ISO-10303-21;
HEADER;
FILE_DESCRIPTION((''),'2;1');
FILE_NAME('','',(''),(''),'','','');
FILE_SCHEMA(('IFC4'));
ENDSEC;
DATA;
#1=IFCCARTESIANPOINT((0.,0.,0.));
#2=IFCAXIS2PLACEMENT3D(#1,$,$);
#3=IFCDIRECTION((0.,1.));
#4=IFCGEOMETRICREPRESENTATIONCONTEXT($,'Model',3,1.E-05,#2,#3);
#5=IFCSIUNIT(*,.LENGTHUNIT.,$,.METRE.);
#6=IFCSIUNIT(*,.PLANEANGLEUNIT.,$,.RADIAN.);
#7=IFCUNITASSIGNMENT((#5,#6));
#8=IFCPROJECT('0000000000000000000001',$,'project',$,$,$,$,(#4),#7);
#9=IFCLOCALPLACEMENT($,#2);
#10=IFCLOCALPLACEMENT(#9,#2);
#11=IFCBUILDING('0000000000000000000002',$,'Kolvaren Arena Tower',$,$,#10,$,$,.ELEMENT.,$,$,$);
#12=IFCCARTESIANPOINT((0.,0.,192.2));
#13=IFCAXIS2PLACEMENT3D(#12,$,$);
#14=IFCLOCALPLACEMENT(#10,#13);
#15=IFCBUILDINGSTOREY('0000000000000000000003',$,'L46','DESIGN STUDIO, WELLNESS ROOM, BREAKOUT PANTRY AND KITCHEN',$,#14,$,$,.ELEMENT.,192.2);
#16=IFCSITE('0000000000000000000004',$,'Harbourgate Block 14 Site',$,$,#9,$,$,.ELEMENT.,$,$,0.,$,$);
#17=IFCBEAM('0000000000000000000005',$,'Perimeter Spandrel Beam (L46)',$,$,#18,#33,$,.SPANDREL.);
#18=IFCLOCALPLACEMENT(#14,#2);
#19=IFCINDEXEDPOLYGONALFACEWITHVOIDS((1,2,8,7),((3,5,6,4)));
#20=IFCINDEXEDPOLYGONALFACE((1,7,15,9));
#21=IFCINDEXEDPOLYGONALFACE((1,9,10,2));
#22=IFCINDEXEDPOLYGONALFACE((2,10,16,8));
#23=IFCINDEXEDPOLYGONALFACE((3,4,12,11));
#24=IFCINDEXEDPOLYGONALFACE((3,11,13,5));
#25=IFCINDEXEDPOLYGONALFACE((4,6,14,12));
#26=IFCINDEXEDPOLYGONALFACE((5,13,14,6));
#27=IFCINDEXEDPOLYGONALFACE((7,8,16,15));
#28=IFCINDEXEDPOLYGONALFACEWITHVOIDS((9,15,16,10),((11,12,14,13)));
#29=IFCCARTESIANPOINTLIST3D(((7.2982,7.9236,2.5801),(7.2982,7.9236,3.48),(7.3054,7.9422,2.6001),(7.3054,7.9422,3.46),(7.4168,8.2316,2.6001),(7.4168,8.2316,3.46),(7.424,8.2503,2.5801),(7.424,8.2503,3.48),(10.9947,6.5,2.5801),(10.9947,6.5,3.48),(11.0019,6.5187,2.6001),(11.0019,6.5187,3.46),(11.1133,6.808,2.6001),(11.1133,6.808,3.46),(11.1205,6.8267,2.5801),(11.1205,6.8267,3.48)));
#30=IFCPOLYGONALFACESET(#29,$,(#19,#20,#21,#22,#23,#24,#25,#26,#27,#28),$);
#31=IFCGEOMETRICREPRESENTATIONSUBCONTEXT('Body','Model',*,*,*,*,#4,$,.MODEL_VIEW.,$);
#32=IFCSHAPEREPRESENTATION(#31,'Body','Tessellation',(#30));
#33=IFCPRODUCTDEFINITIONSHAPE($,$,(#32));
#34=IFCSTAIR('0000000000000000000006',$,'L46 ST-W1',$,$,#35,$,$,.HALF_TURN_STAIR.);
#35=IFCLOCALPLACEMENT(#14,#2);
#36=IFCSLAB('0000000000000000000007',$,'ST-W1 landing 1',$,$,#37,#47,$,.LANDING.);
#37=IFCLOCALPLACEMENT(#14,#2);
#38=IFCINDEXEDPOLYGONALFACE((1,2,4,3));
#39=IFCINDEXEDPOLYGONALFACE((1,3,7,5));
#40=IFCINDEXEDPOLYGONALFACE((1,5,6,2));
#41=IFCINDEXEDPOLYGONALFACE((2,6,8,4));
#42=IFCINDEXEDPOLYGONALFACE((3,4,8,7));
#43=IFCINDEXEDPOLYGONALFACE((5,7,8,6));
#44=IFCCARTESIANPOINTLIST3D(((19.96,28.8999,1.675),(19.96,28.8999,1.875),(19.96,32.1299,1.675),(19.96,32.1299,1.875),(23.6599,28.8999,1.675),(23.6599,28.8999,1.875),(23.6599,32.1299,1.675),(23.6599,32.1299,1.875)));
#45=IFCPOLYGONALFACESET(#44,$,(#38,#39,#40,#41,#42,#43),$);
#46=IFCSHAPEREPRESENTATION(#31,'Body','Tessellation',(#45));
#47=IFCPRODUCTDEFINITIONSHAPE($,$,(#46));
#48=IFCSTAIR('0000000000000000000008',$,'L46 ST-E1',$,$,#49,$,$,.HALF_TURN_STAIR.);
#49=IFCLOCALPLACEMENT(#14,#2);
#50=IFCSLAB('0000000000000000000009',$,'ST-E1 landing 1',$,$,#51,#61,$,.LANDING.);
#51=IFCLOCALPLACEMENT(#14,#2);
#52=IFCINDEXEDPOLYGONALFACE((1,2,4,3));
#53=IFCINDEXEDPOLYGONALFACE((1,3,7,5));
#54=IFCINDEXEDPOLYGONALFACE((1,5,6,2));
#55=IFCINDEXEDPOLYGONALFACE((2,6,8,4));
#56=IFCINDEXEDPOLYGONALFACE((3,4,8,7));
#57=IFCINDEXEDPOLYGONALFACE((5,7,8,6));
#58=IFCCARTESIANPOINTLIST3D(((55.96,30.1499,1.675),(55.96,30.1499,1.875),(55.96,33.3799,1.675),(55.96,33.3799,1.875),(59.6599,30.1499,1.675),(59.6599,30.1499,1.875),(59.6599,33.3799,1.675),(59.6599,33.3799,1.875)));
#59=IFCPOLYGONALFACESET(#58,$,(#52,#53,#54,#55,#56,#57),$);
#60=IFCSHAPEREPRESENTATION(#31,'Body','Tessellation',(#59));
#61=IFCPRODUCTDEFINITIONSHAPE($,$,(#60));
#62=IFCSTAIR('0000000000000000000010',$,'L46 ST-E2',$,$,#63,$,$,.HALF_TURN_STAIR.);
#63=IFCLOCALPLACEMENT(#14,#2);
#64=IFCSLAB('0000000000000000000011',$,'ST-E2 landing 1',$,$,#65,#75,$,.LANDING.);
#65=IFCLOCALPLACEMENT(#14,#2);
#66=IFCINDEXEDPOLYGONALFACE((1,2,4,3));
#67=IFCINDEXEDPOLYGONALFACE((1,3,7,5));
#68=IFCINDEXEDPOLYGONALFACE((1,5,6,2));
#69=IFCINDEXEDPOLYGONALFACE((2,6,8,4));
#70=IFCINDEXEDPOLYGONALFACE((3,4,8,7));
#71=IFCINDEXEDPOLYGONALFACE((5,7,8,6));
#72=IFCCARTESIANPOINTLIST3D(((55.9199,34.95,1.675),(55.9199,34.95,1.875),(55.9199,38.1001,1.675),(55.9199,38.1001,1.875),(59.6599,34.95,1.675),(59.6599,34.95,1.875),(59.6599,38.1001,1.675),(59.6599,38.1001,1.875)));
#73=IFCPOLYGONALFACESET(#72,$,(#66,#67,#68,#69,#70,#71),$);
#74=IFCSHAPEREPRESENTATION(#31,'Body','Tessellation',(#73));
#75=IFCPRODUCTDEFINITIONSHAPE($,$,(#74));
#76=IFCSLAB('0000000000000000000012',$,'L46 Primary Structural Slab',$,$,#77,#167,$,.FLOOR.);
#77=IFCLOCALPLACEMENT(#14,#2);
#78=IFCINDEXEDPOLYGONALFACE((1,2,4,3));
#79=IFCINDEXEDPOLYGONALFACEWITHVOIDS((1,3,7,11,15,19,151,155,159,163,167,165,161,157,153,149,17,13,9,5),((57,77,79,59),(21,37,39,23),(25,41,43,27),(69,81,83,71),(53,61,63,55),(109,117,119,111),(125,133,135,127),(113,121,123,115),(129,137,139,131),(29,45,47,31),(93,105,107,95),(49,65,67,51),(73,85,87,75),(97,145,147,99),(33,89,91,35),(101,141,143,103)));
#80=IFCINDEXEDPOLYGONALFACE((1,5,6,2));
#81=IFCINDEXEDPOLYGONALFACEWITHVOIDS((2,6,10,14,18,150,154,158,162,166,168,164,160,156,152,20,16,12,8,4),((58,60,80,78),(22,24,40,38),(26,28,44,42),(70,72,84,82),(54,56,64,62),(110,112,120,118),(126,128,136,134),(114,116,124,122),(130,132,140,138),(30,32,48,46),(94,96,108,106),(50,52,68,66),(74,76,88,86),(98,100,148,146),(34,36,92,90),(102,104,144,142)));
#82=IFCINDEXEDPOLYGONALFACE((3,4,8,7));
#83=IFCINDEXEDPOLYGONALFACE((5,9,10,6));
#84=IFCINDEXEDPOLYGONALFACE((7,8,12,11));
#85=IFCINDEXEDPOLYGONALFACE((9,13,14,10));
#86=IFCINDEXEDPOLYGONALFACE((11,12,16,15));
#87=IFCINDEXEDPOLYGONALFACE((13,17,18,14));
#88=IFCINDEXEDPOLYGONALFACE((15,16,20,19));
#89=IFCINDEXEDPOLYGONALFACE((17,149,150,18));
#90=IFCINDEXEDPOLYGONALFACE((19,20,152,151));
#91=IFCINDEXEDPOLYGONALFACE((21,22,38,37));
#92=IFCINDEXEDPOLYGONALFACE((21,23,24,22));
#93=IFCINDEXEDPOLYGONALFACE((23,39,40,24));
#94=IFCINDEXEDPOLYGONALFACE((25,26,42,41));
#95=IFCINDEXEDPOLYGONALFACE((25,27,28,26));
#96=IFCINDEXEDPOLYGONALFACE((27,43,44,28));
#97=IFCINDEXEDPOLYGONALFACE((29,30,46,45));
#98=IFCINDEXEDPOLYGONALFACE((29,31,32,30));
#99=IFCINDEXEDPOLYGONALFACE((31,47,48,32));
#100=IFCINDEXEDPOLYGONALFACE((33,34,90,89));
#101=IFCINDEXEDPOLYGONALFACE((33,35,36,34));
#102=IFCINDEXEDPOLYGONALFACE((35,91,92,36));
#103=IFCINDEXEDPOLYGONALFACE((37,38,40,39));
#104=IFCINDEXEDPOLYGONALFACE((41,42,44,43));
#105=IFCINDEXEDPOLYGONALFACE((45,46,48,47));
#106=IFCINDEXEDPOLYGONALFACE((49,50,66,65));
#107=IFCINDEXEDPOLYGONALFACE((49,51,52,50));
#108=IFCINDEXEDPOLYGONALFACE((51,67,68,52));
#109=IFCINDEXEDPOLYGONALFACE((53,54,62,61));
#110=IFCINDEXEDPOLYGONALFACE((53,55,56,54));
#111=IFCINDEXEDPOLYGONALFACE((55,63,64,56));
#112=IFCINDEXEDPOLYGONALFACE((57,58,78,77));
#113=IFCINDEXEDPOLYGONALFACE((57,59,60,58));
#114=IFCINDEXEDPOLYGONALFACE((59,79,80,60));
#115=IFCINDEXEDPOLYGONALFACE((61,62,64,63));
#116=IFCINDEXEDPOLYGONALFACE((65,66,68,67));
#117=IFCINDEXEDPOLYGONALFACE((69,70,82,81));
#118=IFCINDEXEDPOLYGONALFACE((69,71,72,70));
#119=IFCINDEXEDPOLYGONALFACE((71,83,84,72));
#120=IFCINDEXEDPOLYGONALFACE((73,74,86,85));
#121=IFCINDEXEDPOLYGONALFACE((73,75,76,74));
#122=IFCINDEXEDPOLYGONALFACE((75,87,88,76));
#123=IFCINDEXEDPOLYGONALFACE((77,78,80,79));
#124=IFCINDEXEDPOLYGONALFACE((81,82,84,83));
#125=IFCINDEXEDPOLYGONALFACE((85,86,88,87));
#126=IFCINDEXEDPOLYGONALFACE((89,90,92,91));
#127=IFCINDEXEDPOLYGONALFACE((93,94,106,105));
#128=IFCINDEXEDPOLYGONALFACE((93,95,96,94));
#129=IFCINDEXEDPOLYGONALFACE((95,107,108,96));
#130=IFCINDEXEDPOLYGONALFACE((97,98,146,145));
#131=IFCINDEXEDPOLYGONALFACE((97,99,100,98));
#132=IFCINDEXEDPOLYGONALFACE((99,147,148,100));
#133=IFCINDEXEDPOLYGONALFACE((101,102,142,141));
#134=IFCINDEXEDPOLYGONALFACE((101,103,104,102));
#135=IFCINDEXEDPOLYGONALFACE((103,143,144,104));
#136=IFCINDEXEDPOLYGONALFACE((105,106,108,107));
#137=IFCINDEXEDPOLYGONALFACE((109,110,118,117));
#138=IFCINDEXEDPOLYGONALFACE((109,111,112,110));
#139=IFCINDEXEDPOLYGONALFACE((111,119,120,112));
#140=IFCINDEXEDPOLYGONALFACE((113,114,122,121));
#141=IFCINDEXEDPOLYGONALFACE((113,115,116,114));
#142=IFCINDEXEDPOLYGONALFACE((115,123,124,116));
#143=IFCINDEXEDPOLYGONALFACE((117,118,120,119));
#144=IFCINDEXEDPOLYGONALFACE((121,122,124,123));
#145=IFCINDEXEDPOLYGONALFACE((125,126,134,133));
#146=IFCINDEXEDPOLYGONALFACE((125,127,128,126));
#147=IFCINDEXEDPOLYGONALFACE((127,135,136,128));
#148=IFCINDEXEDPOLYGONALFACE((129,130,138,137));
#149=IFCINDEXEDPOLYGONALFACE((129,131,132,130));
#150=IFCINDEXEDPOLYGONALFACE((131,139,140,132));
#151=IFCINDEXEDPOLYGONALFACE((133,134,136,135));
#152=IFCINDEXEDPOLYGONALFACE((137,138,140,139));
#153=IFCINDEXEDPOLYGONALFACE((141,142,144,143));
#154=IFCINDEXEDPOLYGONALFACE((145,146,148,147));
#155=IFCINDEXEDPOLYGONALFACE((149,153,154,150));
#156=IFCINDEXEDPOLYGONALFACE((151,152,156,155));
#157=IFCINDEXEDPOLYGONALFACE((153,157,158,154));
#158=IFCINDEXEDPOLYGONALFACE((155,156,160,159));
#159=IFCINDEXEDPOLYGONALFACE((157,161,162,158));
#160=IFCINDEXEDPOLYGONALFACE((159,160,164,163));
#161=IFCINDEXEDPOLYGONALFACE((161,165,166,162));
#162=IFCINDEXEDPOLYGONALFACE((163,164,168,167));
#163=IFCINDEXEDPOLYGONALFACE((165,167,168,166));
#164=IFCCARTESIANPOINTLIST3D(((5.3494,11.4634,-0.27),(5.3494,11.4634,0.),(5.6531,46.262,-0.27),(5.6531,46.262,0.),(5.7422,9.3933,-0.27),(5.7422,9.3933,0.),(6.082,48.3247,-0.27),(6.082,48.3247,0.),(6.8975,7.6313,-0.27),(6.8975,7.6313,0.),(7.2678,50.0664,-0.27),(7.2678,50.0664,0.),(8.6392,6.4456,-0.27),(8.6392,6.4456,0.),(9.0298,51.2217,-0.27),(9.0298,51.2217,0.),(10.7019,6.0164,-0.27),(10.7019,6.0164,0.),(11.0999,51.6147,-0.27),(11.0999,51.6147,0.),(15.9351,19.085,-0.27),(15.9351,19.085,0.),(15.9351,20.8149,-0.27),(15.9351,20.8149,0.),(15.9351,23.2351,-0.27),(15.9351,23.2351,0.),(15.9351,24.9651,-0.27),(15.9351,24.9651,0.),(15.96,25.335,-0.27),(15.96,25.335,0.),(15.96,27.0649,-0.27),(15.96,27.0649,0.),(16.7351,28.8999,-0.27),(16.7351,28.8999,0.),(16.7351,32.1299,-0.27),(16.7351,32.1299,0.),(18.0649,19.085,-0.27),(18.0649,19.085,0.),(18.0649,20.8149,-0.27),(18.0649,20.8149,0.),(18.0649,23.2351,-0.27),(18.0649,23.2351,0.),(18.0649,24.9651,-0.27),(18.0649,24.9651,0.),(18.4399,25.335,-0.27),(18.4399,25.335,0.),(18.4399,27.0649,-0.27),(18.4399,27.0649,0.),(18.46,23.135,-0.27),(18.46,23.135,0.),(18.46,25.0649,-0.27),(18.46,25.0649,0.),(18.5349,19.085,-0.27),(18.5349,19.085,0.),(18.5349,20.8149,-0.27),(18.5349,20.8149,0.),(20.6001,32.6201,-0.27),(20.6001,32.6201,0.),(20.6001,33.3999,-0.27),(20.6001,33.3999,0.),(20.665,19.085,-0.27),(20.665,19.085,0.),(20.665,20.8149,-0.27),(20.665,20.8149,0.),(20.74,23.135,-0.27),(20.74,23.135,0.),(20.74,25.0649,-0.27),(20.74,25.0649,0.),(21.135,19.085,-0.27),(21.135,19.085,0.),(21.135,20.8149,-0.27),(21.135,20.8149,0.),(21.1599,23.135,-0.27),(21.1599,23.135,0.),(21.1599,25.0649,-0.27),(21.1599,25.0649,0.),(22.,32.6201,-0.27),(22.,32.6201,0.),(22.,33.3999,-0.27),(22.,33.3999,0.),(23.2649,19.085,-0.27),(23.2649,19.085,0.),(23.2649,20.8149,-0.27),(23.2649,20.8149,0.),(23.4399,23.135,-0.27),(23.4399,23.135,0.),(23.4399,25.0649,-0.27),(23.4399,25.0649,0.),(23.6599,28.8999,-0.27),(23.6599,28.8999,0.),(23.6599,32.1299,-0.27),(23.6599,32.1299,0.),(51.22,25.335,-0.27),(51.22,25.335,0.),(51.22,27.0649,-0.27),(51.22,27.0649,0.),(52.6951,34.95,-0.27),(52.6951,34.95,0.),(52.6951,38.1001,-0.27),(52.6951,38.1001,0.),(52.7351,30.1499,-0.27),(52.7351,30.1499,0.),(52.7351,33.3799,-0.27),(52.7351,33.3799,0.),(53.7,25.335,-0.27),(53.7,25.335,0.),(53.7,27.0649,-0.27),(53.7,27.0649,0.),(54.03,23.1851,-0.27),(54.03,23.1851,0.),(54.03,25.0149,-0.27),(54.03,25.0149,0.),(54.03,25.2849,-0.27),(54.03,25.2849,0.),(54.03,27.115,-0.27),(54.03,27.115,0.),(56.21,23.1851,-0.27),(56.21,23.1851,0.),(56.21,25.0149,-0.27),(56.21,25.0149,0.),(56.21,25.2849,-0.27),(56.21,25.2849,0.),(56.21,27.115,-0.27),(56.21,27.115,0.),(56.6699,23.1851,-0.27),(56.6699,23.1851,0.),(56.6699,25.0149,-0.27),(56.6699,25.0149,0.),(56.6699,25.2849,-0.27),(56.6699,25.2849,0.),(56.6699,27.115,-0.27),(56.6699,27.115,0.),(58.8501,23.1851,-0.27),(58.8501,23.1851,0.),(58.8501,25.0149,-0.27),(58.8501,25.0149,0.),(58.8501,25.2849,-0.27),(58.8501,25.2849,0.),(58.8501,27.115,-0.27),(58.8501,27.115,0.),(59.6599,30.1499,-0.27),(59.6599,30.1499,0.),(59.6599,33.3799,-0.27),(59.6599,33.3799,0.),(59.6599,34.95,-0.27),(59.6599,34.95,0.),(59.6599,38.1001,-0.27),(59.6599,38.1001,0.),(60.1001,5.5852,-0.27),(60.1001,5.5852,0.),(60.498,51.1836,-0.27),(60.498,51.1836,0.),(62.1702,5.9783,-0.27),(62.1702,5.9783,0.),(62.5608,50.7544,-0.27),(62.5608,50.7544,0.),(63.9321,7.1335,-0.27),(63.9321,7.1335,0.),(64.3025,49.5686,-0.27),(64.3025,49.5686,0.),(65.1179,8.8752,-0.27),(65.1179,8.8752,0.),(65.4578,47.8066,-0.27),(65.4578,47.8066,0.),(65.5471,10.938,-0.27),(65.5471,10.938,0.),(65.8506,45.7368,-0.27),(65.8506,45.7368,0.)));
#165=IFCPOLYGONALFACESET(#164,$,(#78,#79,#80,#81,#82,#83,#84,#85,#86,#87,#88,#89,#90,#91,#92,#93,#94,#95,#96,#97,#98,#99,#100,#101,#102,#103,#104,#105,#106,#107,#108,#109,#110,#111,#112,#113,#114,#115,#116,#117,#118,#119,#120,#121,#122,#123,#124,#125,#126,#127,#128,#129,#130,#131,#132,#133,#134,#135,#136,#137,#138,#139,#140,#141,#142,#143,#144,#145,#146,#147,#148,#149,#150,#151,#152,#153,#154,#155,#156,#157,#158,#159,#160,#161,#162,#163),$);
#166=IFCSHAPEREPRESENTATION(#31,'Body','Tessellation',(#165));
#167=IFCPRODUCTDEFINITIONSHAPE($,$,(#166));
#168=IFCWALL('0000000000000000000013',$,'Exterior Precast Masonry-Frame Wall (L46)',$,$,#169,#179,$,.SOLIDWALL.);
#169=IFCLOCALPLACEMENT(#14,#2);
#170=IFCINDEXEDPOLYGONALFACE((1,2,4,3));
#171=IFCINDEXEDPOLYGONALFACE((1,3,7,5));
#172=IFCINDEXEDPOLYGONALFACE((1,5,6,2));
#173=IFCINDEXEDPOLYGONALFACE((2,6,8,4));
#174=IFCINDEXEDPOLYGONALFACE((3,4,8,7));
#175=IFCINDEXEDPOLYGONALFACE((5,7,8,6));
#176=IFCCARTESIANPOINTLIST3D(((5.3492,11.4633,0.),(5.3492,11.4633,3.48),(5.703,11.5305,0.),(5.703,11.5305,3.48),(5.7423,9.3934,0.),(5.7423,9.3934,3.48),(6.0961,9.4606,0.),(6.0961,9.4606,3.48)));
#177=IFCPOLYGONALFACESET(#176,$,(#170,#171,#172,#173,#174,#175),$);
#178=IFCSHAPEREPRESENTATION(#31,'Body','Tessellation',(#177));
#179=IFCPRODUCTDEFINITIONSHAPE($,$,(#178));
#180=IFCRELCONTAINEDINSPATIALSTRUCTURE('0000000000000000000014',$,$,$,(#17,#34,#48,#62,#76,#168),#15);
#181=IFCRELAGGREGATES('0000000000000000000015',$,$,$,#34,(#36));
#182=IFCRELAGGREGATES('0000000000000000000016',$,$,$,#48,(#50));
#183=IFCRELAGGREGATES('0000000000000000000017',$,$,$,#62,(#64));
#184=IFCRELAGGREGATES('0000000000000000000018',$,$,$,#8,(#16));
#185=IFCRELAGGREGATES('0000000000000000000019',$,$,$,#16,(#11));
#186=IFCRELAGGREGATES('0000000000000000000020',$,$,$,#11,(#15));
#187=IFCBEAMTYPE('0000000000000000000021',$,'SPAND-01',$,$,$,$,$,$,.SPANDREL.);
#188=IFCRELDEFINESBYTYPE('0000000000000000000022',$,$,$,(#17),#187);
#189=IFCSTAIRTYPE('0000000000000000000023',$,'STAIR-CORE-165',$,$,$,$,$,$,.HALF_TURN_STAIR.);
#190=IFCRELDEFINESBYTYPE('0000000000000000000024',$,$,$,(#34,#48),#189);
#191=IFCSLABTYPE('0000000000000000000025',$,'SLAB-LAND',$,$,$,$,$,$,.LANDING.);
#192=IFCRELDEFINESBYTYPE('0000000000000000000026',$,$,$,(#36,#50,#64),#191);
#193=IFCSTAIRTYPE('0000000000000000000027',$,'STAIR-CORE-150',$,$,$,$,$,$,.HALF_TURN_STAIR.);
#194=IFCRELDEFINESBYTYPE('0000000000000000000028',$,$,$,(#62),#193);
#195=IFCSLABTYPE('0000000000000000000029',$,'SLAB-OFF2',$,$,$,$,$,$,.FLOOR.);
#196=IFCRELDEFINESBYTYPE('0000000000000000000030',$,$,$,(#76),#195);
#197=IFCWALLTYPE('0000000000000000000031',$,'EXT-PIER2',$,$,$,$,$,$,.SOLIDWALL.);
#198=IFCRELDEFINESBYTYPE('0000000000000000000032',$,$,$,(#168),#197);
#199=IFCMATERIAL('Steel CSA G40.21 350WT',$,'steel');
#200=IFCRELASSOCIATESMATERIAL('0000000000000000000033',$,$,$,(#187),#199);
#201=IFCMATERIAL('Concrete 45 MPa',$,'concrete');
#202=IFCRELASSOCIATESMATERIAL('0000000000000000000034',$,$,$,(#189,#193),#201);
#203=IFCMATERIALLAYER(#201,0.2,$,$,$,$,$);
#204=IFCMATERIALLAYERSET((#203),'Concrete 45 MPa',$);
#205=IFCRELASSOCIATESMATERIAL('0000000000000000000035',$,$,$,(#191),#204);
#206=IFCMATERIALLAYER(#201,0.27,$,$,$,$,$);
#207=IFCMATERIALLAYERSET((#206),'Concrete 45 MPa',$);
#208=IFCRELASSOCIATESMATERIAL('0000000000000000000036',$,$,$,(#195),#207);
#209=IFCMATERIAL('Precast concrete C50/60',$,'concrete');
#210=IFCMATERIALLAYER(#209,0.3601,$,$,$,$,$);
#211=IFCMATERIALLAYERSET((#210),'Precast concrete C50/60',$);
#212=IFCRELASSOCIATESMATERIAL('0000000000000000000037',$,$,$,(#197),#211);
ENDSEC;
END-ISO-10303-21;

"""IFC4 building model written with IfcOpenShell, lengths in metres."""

from ifc_helpers import new_model, si_unit, direction, frame, frame_2d, origin, origin_2d, place, context, subcontext, project, spatial, polyline, rectangle, hollow_rectangle, outline, extrude, material, layer, layer_set, material_profile, profile_set, type_object, element, aggregate, save


model = new_model("IFC4")

# Units and contexts
model_context = context("Model", 3, precision=1e-05, world=origin(), true_north=direction((0.0, 1.0)))
body_context = subcontext(model_context, "Body", "Model", "MODEL_VIEW")
ifc_project = project(units=[si_unit("LENGTHUNIT", "METRE"), si_unit("PLANEANGLEUNIT", "RADIAN")], contexts=[model_context])

# Site, building, storey
site_placement = place(None, origin())
site = spatial("IfcSite", under=ifc_project, at=site_placement, Name="Harbourgate Block 14 Site", CompositionType="ELEMENT", RefElevation=0.0)
building_placement = place(site_placement, origin())
building = spatial("IfcBuilding", under=site, at=building_placement, Name="Kolvaren Arena Tower", CompositionType="ELEMENT")
storey_placement = place(building_placement, frame((0.0, 0.0, 192.2)))
storey = spatial("IfcBuildingStorey", under=building, at=storey_placement, Name="L46", Description="DESIGN STUDIO, WELLNESS ROOM, BREAKOUT PANTRY AND KITCHEN", CompositionType="ELEMENT", Elevation=192.2)

# Beam
ifc_material_1 = material(Name="Steel CSA G40.21 350WT", Category="steel")
ifc_material_profile_1 = material_profile(ifc_material_1, hollow_rectangle(XDim=0.3501, YDim=0.8999, WallThickness=0.02, at=origin_2d()), Name="HSS 900x350x20")
ifc_profile_set_1 = profile_set([ifc_material_profile_1], Name="Steel CSA G40.21 350WT")
beam_type_1 = type_object("IfcBeamType", Name="SPAND-01", PredefinedType="SPANDREL", material=ifc_profile_set_1)
beam_1_placement = place(storey_placement, frame((7.3611, 8.0869, 3.03), z_axis=(0.93319, -0.359384, 0.0), x_axis=(0.359384, 0.93319, 0.0)))
element("IfcBeam", 1, at=beam_1_placement, inside=storey, type_object=beam_type_1, Name="Perimeter Spandrel Beam (L46)", PredefinedType="SPANDREL", context=body_context, shape_type="SweptSolid", body=[
    extrude(hollow_rectangle(XDim=0.3501, YDim=0.8999, WallThickness=0.02, at=origin_2d()), origin(), (0.0, 0.0, 1.0), 3.9612),
])

# Stairs, slabs
ifc_material_2 = material(Name="Concrete 45 MPa", Category="concrete")
stair_type_1 = type_object("IfcStairType", Name="STAIR-CORE-165", PredefinedType="HALF_TURN_STAIR", material=ifc_material_2)
stair_1_placement = place(storey_placement, origin())
stair_1 = element("IfcStair", 2, at=stair_1_placement, inside=storey, type_object=stair_type_1, Name="L46 ST-W1", PredefinedType="HALF_TURN_STAIR")
ifc_layer_1 = layer(ifc_material_2, 0.2)
ifc_layer_set_1 = layer_set([ifc_layer_1], Name="Concrete 45 MPa")
slab_type_1 = type_object("IfcSlabType", Name="SLAB-LAND", PredefinedType="LANDING", material=ifc_layer_set_1)
slab_1_placement = place(storey_placement, frame((0.0, 0.0, 1.675)))
slab_1 = element("IfcSlab", 3, at=slab_1_placement, type_object=slab_type_1, Name="ST-W1 landing 1", PredefinedType="LANDING", context=body_context, shape_type="SweptSolid", body=[
    extrude(outline(polyline([(19.96, 28.8999), (23.6599, 28.8999), (23.6599, 32.1299), (19.96, 32.1299), (19.96, 28.8999)])), origin(), (0.0, 0.0, 1.0), 0.2),
])
aggregate(stair_1, [slab_1])
stair_2_placement = place(storey_placement, origin())
stair_2 = element("IfcStair", 4, at=stair_2_placement, inside=storey, type_object=stair_type_1, Name="L46 ST-E1", PredefinedType="HALF_TURN_STAIR")
slab_2_placement = place(storey_placement, frame((0.0, 0.0, 1.675)))
slab_2 = element("IfcSlab", 5, at=slab_2_placement, type_object=slab_type_1, Name="ST-E1 landing 1", PredefinedType="LANDING", context=body_context, shape_type="SweptSolid", body=[
    extrude(outline(polyline([(55.96, 30.1499), (59.6599, 30.1499), (59.6599, 33.3799), (55.96, 33.3799), (55.96, 30.1499)])), origin(), (0.0, 0.0, 1.0), 0.2),
])
aggregate(stair_2, [slab_2])
stair_type_2 = type_object("IfcStairType", Name="STAIR-CORE-150", PredefinedType="HALF_TURN_STAIR", material=ifc_material_2)
stair_3_placement = place(storey_placement, origin())
stair_3 = element("IfcStair", 6, at=stair_3_placement, inside=storey, type_object=stair_type_2, Name="L46 ST-E2", PredefinedType="HALF_TURN_STAIR")
slab_3_placement = place(storey_placement, frame((0.0, 0.0, 1.675)))
slab_3 = element("IfcSlab", 7, at=slab_3_placement, type_object=slab_type_1, Name="ST-E2 landing 1", PredefinedType="LANDING", context=body_context, shape_type="SweptSolid", body=[
    extrude(outline(polyline([(55.9199, 34.95), (59.6599, 34.95), (59.6599, 38.1001), (55.9199, 38.1001), (55.9199, 34.95)])), origin(), (0.0, 0.0, 1.0), 0.2),
])
aggregate(stair_3, [slab_3])

# Slab
ifc_layer_2 = layer(ifc_material_2, 0.27)
ifc_layer_set_2 = layer_set([ifc_layer_2], Name="Concrete 45 MPa")
slab_type_2 = type_object("IfcSlabType", Name="SLAB-OFF2", PredefinedType="FLOOR", material=ifc_layer_set_2)
slab_4_placement = place(storey_placement, frame((0.0, 0.0, -0.27)))
element("IfcSlab", 8, at=slab_4_placement, inside=storey, type_object=slab_type_2, Name="L46 Primary Structural Slab", PredefinedType="FLOOR", context=body_context, shape_type="SweptSolid", body=[
    extrude(outline(polyline([(60.1001, 5.5852), (62.1702, 5.9783), (63.9321, 7.1335), (65.1179, 8.8752), (65.5471, 10.938), (65.8506, 45.7368), (65.4578, 47.8066), (64.3025, 49.5686), (62.5608, 50.7544), (60.498, 51.1836), (11.0999, 51.6147), (9.0298, 51.2217), (7.2678, 50.0664), (6.082, 48.3247), (5.6531, 46.262), (5.3494, 11.4634), (5.7422, 9.3933), (6.8975, 7.6313), (8.6392, 6.4456), (10.7019, 6.0164), (60.1001, 5.5852)]), holes=[polyline([(15.9351, 19.085), (15.9351, 20.8149), (18.0649, 20.8149), (18.0649, 19.085), (15.9351, 19.085)]), polyline([(18.5349, 19.085), (18.5349, 20.8149), (20.665, 20.8149), (20.665, 19.085), (18.5349, 19.085)]), polyline([(21.135, 19.085), (21.135, 20.8149), (23.2649, 20.8149), (23.2649, 19.085), (21.135, 19.085)]), polyline([(18.46, 23.135), (18.46, 25.0649), (20.74, 25.0649), (20.74, 23.135), (18.46, 23.135)]), polyline([(21.1599, 23.135), (21.1599, 25.0649), (23.4399, 25.0649), (23.4399, 23.135), (21.1599, 23.135)]), polyline([(54.03, 23.1851), (54.03, 25.0149), (56.21, 25.0149), (56.21, 23.1851), (54.03, 23.1851)]), polyline([(56.6699, 23.1851), (56.6699, 25.0149), (58.8501, 25.0149), (58.8501, 23.1851), (56.6699, 23.1851)]), polyline([(15.9351, 23.2351), (15.9351, 24.9651), (18.0649, 24.9651), (18.0649, 23.2351), (15.9351, 23.2351)]), polyline([(54.03, 25.2849), (54.03, 27.115), (56.21, 27.115), (56.21, 25.2849), (54.03, 25.2849)]), polyline([(56.6699, 25.2849), (56.6699, 27.115), (58.8501, 27.115), (58.8501, 25.2849), (56.6699, 25.2849)]), polyline([(15.96, 25.335), (15.96, 27.0649), (18.4399, 27.0649), (18.4399, 25.335), (15.96, 25.335)]), polyline([(51.22, 25.335), (51.22, 27.0649), (53.7, 27.0649), (53.7, 25.335), (51.22, 25.335)]), polyline([(16.7351, 28.8999), (16.7351, 32.1299), (23.6599, 32.1299), (23.6599, 28.8999), (16.7351, 28.8999)]), polyline([(52.7351, 30.1499), (52.7351, 33.3799), (59.6599, 33.3799), (59.6599, 30.1499), (52.7351, 30.1499)]), polyline([(20.6001, 32.6201), (20.6001, 33.3999), (22.0, 33.3999), (22.0, 32.6201), (20.6001, 32.6201)]), polyline([(52.6951, 34.95), (52.6951, 38.1001), (59.6599, 38.1001), (59.6599, 34.95), (52.6951, 34.95)])]), origin(), (0.0, 0.0, 1.0), 0.27),
])

# Wall
ifc_material_3 = material(Name="Precast concrete C50/60", Category="concrete")
ifc_layer_3 = layer(ifc_material_3, 0.3601)
ifc_layer_set_3 = layer_set([ifc_layer_3], Name="Precast concrete C50/60")
wall_type = type_object("IfcWallType", Name="EXT-PIER2", PredefinedType="SOLIDWALL", material=ifc_layer_set_3)
for number, where, z_axis, x_axis, name in (
    (9, (5.9192, 9.427, 0.0), (0.0, 0.0, 1.0), (-0.186569, 0.982442, 0.0), "Exterior Precast Masonry-Frame Wall (L46)"),
):
    element("IfcWall", number, at=place(storey_placement, frame(where, z_axis=z_axis, x_axis=x_axis)), inside=storey, type_object=wall_type, Name=name, PredefinedType="SOLIDWALL", context=body_context, shape_type="SweptSolid", body=[
        extrude(rectangle(XDim=2.1069, YDim=0.3601, at=frame_2d((1.0535, 0.0))), origin(), (0.0, 0.0, 1.0), 3.48),
    ])

save(model, "model.ifc")
